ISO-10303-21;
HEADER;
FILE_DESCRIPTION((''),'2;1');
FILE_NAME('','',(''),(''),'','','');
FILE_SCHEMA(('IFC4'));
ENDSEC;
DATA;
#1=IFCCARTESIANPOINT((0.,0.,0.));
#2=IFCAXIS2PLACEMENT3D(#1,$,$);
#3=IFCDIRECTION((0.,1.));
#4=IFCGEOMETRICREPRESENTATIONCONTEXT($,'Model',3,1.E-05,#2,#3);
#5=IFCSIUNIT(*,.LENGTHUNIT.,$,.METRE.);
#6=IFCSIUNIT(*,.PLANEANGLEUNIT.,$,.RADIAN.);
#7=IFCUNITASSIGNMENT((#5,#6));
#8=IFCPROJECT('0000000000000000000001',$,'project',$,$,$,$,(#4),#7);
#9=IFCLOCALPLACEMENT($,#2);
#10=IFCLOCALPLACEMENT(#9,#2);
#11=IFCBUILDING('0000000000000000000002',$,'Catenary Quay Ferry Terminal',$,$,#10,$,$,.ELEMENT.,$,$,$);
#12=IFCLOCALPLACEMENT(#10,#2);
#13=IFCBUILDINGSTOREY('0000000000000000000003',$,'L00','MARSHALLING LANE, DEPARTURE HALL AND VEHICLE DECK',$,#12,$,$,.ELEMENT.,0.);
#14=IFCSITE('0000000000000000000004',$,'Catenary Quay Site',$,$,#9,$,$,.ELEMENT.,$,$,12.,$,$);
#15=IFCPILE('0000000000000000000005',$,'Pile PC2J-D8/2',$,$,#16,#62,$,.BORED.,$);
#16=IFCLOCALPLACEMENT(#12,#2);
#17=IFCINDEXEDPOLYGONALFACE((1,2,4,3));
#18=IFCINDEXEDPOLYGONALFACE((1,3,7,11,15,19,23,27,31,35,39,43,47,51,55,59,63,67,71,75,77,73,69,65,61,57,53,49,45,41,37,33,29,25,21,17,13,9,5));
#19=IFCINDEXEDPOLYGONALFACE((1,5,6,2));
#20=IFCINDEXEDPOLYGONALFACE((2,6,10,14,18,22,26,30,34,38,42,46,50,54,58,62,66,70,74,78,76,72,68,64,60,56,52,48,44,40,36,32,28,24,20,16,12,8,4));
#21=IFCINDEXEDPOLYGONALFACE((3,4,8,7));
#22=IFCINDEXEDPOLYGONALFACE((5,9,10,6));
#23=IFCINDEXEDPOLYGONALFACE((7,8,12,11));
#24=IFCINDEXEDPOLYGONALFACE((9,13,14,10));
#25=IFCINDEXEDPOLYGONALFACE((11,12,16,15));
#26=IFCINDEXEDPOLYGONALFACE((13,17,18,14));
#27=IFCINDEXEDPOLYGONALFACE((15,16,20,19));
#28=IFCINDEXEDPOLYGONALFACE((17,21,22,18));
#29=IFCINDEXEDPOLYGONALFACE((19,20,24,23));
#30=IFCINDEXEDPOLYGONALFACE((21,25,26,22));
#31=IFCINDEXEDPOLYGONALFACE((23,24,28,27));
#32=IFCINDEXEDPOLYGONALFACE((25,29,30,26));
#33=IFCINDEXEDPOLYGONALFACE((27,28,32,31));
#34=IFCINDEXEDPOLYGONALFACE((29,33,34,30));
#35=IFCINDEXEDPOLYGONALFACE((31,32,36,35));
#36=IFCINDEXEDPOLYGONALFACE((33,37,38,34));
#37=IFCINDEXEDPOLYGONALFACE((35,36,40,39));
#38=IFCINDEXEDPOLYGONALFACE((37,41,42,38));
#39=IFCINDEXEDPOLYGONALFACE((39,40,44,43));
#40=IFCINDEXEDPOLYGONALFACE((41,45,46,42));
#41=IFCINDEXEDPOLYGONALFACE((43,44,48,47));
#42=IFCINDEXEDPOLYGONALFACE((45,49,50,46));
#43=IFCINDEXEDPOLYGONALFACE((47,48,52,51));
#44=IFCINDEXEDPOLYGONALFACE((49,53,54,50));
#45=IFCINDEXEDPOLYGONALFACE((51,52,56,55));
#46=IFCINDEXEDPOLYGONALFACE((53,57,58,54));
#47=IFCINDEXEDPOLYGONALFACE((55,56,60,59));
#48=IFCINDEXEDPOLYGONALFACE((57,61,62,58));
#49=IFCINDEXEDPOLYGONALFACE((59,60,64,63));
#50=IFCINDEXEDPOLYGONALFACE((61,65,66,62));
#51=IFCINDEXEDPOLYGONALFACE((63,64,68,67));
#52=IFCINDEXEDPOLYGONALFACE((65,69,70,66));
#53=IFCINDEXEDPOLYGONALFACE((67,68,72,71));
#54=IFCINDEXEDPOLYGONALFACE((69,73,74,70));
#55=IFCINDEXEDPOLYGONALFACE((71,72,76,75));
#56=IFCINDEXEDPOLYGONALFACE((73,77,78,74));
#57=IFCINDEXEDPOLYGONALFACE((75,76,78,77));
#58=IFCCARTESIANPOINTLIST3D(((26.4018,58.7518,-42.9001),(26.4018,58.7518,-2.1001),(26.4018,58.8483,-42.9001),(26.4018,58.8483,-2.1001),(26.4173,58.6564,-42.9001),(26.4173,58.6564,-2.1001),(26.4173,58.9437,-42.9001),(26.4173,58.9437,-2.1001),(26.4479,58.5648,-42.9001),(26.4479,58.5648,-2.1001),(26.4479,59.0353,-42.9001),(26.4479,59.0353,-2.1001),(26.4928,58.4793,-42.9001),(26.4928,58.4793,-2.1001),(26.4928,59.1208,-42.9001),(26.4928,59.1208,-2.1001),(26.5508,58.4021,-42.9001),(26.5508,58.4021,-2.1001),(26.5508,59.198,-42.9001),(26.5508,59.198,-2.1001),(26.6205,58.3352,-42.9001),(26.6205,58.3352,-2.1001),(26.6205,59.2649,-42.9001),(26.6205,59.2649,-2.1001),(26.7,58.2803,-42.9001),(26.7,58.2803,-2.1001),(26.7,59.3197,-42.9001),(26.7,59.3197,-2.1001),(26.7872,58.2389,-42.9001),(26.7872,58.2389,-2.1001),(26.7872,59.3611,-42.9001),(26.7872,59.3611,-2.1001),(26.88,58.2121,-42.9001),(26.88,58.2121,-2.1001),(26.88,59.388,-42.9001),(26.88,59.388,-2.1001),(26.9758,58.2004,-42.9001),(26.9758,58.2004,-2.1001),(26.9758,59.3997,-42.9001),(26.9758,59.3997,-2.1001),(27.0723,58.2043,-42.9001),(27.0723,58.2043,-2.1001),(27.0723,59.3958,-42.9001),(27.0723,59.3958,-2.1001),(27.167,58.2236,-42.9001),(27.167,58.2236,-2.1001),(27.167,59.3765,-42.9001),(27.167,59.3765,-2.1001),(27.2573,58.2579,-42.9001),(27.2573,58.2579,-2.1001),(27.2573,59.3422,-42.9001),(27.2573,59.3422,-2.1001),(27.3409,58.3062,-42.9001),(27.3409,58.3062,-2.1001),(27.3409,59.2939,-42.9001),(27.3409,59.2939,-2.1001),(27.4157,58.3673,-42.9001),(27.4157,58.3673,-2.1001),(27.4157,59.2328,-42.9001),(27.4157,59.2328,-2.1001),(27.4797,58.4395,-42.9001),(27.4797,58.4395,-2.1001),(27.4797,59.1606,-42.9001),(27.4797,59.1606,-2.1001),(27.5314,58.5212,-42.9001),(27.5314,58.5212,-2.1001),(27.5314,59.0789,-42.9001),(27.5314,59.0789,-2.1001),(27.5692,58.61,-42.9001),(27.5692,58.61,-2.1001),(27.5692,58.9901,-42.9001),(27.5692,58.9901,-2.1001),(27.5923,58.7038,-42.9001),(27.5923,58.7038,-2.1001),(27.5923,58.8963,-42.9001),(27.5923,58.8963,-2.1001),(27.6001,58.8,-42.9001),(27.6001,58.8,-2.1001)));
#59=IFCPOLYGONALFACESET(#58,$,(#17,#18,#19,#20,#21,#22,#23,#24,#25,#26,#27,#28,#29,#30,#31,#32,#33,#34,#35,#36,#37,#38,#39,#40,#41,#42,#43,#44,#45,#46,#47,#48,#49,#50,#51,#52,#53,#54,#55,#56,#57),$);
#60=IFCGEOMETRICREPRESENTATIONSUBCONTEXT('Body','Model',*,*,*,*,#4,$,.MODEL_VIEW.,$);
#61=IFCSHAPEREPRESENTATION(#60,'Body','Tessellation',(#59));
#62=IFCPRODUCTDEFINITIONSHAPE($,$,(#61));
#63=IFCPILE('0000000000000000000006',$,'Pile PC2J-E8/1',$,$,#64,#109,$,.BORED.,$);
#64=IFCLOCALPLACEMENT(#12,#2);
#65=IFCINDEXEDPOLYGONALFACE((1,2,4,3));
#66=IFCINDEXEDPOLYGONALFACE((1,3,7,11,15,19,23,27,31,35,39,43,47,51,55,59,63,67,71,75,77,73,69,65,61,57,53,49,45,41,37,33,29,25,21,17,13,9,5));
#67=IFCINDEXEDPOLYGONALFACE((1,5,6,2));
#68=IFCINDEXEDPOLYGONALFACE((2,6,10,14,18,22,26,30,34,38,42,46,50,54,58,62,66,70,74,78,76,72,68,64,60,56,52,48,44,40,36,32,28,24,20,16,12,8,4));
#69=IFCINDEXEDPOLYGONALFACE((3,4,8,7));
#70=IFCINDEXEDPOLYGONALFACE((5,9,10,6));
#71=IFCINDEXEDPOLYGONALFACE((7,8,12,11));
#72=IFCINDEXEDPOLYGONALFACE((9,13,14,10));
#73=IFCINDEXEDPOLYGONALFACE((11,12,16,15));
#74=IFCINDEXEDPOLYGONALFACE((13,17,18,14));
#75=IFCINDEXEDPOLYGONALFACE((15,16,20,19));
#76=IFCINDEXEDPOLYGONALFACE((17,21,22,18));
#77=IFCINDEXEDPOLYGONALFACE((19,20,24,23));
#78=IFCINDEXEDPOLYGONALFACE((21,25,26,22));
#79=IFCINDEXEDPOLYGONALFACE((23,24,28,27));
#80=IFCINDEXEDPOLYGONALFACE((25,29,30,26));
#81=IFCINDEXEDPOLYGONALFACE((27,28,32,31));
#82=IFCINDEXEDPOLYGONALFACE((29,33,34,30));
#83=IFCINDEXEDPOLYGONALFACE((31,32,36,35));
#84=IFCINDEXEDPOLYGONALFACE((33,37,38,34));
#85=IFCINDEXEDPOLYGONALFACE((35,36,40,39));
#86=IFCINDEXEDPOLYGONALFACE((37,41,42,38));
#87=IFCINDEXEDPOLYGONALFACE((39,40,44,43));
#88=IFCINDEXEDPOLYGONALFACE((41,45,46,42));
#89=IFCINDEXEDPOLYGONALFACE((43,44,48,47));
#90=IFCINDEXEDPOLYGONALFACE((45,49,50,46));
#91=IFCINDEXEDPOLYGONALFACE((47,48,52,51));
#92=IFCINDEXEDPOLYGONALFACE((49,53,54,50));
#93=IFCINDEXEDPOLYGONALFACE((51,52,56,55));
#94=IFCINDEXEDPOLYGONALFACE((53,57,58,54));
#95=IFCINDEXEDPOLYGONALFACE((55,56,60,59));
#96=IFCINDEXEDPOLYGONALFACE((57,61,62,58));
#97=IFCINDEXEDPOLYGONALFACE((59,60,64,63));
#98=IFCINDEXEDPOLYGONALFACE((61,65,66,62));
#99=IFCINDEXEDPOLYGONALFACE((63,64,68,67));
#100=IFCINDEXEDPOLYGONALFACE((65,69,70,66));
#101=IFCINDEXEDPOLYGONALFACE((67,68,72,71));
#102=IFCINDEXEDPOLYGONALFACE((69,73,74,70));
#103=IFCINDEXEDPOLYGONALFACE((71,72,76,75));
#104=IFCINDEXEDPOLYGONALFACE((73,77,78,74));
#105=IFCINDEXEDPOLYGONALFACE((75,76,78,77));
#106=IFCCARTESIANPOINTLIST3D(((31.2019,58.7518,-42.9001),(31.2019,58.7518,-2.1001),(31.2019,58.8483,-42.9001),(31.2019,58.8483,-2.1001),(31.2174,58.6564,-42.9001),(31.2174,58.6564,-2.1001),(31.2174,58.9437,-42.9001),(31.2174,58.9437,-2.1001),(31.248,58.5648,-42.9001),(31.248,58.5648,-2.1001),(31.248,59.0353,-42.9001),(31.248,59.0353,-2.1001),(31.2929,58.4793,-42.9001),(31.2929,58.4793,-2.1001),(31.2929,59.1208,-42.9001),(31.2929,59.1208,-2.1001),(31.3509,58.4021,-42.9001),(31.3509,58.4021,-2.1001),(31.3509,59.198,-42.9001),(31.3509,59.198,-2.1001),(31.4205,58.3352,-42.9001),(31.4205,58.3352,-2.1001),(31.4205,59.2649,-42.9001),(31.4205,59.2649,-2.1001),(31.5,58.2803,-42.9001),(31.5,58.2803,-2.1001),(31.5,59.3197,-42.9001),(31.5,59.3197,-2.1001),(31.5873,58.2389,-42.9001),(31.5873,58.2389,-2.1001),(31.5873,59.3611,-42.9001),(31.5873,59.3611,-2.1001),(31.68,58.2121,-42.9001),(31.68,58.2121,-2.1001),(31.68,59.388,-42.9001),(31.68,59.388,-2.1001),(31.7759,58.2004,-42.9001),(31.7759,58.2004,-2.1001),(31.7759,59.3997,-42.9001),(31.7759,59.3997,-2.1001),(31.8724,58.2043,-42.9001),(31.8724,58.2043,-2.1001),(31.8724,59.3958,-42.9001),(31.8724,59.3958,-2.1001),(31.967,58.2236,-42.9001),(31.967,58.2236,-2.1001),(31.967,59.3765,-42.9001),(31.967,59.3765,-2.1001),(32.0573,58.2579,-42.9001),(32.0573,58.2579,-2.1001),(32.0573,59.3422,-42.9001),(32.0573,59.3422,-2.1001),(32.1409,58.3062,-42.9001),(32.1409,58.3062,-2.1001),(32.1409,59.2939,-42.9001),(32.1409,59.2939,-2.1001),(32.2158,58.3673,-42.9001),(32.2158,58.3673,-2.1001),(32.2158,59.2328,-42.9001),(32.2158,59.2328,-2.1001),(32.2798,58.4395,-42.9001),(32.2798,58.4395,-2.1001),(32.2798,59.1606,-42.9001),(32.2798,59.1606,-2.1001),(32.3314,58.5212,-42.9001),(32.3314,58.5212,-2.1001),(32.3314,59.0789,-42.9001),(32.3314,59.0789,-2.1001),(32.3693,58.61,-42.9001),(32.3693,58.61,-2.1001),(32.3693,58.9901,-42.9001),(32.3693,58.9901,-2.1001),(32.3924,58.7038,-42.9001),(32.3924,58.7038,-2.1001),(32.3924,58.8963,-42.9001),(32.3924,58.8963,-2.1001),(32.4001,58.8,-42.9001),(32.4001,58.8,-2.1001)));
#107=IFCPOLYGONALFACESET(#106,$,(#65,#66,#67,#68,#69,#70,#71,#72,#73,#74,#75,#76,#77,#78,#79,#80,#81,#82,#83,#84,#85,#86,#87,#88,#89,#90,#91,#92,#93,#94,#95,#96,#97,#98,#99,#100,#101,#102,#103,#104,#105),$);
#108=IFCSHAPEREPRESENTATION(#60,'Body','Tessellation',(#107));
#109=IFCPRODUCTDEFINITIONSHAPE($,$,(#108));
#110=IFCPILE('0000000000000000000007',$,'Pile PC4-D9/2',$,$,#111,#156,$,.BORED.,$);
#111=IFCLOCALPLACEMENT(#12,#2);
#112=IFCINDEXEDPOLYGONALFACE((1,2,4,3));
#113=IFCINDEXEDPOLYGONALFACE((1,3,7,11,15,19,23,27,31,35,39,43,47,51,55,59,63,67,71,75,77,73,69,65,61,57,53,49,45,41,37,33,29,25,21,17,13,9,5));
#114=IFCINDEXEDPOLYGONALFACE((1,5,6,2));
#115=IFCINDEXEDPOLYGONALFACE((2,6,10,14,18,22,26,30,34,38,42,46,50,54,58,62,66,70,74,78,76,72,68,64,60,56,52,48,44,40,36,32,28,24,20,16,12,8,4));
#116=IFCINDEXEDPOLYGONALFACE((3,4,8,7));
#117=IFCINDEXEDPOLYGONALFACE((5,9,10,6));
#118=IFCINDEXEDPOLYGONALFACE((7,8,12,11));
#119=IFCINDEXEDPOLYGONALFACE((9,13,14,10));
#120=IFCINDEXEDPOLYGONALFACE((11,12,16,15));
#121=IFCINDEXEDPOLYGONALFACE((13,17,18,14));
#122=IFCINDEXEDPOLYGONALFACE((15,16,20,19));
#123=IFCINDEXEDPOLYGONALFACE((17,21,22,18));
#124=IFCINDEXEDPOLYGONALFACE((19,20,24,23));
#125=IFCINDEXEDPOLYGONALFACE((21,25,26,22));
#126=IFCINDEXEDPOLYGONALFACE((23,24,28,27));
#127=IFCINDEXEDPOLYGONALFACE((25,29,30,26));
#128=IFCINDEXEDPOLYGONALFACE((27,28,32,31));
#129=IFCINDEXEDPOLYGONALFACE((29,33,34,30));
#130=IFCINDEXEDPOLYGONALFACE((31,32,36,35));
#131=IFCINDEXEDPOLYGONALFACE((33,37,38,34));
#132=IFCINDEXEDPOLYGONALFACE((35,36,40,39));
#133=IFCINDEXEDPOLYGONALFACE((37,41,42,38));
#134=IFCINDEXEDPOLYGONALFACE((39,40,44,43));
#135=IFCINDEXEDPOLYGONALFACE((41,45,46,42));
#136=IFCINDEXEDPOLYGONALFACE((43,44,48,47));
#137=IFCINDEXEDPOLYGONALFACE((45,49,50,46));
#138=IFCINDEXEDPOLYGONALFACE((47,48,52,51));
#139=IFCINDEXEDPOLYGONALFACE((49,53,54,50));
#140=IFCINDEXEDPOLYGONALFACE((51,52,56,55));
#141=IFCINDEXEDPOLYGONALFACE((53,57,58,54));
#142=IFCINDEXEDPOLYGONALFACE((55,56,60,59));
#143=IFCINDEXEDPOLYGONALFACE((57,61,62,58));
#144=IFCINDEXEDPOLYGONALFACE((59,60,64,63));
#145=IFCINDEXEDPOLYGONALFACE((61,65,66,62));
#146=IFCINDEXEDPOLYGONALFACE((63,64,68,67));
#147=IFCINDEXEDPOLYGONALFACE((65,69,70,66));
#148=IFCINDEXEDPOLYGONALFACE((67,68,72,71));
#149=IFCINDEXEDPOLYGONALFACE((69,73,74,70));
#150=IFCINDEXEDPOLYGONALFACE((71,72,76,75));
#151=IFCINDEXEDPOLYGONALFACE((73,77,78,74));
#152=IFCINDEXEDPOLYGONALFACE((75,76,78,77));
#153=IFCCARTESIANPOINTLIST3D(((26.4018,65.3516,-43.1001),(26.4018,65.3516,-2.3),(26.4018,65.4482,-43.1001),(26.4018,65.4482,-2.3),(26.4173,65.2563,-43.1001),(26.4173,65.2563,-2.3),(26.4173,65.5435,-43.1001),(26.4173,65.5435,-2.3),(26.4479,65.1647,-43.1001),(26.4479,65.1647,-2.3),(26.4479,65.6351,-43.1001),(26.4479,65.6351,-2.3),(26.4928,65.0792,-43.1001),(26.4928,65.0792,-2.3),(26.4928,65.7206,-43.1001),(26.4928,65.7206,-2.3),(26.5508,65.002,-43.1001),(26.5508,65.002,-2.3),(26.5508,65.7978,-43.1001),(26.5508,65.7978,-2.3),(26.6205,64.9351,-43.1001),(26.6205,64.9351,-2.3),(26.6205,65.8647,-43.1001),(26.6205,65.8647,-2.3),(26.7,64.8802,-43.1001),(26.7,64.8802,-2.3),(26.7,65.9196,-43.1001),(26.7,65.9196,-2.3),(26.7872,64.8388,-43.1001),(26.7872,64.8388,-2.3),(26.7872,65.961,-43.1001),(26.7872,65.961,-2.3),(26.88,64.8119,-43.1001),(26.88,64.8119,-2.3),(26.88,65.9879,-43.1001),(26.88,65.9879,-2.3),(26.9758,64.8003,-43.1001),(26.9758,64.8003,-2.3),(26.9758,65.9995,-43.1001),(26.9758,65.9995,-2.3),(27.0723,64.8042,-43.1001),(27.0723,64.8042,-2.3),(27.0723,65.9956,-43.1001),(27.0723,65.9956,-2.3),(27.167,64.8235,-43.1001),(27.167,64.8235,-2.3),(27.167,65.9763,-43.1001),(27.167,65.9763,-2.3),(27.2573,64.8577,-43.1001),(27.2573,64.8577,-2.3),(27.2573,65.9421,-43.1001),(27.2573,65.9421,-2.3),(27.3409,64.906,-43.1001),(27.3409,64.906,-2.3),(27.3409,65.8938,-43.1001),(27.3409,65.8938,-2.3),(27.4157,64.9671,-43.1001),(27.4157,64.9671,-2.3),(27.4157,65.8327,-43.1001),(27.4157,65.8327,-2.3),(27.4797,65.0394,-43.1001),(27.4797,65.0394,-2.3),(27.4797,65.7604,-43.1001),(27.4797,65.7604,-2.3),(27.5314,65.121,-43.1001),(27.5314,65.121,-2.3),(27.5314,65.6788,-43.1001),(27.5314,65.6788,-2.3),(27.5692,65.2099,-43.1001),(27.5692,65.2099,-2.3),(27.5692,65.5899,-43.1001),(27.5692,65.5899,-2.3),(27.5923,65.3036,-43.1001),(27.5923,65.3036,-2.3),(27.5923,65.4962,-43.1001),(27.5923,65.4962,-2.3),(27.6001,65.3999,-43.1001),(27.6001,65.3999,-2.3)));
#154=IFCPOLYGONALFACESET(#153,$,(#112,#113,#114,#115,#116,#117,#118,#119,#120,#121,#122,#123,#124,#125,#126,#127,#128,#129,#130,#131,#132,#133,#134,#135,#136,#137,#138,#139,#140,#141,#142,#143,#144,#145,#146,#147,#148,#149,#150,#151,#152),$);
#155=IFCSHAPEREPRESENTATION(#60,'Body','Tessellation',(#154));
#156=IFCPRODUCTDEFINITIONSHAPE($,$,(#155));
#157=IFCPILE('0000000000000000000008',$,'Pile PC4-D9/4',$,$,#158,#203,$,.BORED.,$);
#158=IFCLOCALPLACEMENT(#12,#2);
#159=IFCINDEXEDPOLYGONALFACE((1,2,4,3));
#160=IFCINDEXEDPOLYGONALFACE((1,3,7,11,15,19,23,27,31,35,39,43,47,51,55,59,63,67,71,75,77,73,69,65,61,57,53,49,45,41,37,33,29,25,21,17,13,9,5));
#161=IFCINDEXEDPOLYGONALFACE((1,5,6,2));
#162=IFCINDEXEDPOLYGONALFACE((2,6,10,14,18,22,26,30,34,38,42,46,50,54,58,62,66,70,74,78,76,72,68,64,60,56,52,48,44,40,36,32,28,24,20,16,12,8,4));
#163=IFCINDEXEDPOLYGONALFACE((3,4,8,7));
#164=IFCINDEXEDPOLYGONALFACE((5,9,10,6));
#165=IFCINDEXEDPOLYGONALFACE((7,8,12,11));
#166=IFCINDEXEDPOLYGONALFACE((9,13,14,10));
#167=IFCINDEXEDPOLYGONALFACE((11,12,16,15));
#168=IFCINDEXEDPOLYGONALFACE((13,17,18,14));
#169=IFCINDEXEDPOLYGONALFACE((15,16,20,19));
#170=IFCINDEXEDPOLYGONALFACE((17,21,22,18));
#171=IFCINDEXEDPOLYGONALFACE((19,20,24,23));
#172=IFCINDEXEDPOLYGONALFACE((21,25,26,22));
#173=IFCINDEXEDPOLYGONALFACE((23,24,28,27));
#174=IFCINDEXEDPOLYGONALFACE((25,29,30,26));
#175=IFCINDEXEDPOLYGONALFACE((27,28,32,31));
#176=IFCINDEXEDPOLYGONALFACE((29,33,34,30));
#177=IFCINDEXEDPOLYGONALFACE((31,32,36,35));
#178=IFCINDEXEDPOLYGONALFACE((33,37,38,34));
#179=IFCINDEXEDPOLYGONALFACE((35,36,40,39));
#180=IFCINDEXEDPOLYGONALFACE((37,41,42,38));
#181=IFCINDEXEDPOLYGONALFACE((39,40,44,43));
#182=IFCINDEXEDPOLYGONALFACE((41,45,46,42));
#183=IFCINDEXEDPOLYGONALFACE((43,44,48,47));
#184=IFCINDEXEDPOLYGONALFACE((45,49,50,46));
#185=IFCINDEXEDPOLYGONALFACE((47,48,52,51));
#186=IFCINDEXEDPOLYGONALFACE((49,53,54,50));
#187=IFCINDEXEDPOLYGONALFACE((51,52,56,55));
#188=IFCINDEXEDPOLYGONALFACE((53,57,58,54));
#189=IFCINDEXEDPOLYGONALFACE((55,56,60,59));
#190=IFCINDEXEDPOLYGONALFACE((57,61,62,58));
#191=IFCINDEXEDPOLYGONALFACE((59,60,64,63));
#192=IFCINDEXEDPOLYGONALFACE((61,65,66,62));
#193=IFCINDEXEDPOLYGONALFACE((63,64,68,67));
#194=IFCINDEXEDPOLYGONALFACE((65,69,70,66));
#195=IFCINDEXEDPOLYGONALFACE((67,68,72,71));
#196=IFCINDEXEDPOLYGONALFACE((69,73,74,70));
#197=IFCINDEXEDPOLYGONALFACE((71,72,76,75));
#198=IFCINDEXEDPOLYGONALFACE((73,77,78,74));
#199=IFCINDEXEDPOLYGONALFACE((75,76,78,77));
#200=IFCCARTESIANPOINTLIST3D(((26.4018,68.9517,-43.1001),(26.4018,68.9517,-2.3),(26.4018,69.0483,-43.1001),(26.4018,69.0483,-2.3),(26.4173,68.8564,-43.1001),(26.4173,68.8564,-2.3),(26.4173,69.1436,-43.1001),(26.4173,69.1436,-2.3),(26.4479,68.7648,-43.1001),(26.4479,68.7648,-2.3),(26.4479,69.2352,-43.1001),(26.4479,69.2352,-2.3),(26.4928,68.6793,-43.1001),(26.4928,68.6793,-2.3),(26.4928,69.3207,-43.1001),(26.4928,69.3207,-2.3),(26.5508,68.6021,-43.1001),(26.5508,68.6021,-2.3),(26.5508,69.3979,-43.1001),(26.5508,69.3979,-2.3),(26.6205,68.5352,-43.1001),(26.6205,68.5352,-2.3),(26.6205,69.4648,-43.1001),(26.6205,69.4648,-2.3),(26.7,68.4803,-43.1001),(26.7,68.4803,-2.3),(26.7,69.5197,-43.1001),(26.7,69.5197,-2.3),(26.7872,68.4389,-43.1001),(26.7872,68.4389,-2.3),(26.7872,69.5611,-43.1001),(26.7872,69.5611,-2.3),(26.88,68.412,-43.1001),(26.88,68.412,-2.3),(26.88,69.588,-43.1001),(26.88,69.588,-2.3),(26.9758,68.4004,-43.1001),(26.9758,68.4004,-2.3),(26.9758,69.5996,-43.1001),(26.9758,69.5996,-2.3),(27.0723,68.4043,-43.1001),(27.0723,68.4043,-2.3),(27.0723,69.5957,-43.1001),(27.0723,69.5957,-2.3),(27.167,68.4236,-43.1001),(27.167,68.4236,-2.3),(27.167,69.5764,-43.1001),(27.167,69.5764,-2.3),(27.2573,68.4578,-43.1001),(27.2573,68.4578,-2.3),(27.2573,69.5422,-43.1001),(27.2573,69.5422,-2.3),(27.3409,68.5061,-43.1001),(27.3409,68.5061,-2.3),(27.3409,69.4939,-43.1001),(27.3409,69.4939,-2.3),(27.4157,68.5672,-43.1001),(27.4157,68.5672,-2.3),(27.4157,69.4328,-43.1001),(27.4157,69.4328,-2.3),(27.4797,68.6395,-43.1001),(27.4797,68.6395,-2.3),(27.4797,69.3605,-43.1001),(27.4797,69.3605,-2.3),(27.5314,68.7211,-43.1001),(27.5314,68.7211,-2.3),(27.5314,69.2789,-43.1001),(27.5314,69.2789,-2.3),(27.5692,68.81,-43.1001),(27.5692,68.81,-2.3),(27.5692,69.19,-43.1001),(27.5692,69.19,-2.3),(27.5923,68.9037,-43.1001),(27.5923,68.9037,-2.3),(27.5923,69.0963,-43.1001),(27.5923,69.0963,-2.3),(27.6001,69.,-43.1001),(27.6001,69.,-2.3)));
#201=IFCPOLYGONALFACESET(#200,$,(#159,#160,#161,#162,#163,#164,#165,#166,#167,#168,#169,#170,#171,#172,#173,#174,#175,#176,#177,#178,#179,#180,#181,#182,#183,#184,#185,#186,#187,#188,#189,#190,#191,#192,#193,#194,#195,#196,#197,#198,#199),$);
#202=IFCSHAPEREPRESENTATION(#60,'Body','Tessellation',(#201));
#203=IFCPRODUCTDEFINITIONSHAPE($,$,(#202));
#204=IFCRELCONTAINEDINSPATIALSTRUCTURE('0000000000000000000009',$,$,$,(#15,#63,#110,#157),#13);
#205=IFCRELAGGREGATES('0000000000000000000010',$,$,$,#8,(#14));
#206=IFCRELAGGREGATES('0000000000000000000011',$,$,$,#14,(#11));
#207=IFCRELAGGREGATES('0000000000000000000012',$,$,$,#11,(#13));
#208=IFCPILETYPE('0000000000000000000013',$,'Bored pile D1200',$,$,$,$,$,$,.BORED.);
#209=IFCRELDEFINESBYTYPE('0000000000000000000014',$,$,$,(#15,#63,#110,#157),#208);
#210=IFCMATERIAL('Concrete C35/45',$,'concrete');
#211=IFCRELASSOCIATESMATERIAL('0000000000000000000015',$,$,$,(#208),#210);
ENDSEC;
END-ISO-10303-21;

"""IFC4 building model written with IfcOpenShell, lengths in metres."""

from ifc_helpers import new_model, si_unit, direction, frame, origin, origin_2d, place, context, subcontext, project, spatial, circle, extrude, material, material_profile, profile_set, type_object, element, save


model = new_model("IFC4")

# Units and contexts
model_context = context("Model", 3, precision=1e-05, world=origin(), true_north=direction((0.0, 1.0)))
body_context = subcontext(model_context, "Body", "Model", "MODEL_VIEW")
ifc_project = project(units=[si_unit("LENGTHUNIT", "METRE"), si_unit("PLANEANGLEUNIT", "RADIAN")], contexts=[model_context])

# Site, building, storey
site_placement = place(None, origin())
site = spatial("IfcSite", under=ifc_project, at=site_placement, Name="Catenary Quay Site", CompositionType="ELEMENT", RefElevation=12.0)
building_placement = place(site_placement, origin())
building = spatial("IfcBuilding", under=site, at=building_placement, Name="Catenary Quay Ferry Terminal", CompositionType="ELEMENT")
storey_placement = place(building_placement, origin())
storey = spatial("IfcBuildingStorey", under=building, at=storey_placement, Name="L00", Description="MARSHALLING LANE, DEPARTURE HALL AND VEHICLE DECK", CompositionType="ELEMENT", Elevation=0.0)

# Piles
ifc_material_1 = material(Name="Concrete C35/45", Category="concrete")
ifc_material_profile_1 = material_profile(ifc_material_1, circle(Radius=0.6001, at=origin_2d()), Name="D1200")
ifc_profile_set_1 = profile_set([ifc_material_profile_1], Name="Concrete C35/45")
pile_type = type_object("IfcPileType", Name="Bored pile D1200", PredefinedType="BORED", material=ifc_profile_set_1)
for number, where, z_axis, x_axis, name in (
    (1, (27.0, 58.8, -2.1001), (0.0, 0.0, -1.0), (1.0, 0.0, 0.0), "Pile PC2J-D8/2"),
    (2, (31.8, 58.8, -2.1001), (0.0, 0.0, -1.0), (1.0, 0.0, 0.0), "Pile PC2J-E8/1"),
    (3, (27.0, 65.3999, -2.3), (0.0, 0.0, -1.0), (1.0, 0.0, 0.0), "Pile PC4-D9/2"),
    (4, (27.0, 69.0, -2.3), (0.0, 0.0, -1.0), (1.0, 0.0, 0.0), "Pile PC4-D9/4"),
):
    element("IfcPile", number, at=place(storey_placement, frame(where, z_axis=z_axis, x_axis=x_axis)), inside=storey, type_object=pile_type, Name=name, PredefinedType="BORED", context=body_context, shape_type="SweptSolid", body=[
        extrude(circle(Radius=0.6001, at=origin_2d()), origin(), (0.0, 0.0, 1.0), 40.8),
    ])

save(model, "model.ifc")
